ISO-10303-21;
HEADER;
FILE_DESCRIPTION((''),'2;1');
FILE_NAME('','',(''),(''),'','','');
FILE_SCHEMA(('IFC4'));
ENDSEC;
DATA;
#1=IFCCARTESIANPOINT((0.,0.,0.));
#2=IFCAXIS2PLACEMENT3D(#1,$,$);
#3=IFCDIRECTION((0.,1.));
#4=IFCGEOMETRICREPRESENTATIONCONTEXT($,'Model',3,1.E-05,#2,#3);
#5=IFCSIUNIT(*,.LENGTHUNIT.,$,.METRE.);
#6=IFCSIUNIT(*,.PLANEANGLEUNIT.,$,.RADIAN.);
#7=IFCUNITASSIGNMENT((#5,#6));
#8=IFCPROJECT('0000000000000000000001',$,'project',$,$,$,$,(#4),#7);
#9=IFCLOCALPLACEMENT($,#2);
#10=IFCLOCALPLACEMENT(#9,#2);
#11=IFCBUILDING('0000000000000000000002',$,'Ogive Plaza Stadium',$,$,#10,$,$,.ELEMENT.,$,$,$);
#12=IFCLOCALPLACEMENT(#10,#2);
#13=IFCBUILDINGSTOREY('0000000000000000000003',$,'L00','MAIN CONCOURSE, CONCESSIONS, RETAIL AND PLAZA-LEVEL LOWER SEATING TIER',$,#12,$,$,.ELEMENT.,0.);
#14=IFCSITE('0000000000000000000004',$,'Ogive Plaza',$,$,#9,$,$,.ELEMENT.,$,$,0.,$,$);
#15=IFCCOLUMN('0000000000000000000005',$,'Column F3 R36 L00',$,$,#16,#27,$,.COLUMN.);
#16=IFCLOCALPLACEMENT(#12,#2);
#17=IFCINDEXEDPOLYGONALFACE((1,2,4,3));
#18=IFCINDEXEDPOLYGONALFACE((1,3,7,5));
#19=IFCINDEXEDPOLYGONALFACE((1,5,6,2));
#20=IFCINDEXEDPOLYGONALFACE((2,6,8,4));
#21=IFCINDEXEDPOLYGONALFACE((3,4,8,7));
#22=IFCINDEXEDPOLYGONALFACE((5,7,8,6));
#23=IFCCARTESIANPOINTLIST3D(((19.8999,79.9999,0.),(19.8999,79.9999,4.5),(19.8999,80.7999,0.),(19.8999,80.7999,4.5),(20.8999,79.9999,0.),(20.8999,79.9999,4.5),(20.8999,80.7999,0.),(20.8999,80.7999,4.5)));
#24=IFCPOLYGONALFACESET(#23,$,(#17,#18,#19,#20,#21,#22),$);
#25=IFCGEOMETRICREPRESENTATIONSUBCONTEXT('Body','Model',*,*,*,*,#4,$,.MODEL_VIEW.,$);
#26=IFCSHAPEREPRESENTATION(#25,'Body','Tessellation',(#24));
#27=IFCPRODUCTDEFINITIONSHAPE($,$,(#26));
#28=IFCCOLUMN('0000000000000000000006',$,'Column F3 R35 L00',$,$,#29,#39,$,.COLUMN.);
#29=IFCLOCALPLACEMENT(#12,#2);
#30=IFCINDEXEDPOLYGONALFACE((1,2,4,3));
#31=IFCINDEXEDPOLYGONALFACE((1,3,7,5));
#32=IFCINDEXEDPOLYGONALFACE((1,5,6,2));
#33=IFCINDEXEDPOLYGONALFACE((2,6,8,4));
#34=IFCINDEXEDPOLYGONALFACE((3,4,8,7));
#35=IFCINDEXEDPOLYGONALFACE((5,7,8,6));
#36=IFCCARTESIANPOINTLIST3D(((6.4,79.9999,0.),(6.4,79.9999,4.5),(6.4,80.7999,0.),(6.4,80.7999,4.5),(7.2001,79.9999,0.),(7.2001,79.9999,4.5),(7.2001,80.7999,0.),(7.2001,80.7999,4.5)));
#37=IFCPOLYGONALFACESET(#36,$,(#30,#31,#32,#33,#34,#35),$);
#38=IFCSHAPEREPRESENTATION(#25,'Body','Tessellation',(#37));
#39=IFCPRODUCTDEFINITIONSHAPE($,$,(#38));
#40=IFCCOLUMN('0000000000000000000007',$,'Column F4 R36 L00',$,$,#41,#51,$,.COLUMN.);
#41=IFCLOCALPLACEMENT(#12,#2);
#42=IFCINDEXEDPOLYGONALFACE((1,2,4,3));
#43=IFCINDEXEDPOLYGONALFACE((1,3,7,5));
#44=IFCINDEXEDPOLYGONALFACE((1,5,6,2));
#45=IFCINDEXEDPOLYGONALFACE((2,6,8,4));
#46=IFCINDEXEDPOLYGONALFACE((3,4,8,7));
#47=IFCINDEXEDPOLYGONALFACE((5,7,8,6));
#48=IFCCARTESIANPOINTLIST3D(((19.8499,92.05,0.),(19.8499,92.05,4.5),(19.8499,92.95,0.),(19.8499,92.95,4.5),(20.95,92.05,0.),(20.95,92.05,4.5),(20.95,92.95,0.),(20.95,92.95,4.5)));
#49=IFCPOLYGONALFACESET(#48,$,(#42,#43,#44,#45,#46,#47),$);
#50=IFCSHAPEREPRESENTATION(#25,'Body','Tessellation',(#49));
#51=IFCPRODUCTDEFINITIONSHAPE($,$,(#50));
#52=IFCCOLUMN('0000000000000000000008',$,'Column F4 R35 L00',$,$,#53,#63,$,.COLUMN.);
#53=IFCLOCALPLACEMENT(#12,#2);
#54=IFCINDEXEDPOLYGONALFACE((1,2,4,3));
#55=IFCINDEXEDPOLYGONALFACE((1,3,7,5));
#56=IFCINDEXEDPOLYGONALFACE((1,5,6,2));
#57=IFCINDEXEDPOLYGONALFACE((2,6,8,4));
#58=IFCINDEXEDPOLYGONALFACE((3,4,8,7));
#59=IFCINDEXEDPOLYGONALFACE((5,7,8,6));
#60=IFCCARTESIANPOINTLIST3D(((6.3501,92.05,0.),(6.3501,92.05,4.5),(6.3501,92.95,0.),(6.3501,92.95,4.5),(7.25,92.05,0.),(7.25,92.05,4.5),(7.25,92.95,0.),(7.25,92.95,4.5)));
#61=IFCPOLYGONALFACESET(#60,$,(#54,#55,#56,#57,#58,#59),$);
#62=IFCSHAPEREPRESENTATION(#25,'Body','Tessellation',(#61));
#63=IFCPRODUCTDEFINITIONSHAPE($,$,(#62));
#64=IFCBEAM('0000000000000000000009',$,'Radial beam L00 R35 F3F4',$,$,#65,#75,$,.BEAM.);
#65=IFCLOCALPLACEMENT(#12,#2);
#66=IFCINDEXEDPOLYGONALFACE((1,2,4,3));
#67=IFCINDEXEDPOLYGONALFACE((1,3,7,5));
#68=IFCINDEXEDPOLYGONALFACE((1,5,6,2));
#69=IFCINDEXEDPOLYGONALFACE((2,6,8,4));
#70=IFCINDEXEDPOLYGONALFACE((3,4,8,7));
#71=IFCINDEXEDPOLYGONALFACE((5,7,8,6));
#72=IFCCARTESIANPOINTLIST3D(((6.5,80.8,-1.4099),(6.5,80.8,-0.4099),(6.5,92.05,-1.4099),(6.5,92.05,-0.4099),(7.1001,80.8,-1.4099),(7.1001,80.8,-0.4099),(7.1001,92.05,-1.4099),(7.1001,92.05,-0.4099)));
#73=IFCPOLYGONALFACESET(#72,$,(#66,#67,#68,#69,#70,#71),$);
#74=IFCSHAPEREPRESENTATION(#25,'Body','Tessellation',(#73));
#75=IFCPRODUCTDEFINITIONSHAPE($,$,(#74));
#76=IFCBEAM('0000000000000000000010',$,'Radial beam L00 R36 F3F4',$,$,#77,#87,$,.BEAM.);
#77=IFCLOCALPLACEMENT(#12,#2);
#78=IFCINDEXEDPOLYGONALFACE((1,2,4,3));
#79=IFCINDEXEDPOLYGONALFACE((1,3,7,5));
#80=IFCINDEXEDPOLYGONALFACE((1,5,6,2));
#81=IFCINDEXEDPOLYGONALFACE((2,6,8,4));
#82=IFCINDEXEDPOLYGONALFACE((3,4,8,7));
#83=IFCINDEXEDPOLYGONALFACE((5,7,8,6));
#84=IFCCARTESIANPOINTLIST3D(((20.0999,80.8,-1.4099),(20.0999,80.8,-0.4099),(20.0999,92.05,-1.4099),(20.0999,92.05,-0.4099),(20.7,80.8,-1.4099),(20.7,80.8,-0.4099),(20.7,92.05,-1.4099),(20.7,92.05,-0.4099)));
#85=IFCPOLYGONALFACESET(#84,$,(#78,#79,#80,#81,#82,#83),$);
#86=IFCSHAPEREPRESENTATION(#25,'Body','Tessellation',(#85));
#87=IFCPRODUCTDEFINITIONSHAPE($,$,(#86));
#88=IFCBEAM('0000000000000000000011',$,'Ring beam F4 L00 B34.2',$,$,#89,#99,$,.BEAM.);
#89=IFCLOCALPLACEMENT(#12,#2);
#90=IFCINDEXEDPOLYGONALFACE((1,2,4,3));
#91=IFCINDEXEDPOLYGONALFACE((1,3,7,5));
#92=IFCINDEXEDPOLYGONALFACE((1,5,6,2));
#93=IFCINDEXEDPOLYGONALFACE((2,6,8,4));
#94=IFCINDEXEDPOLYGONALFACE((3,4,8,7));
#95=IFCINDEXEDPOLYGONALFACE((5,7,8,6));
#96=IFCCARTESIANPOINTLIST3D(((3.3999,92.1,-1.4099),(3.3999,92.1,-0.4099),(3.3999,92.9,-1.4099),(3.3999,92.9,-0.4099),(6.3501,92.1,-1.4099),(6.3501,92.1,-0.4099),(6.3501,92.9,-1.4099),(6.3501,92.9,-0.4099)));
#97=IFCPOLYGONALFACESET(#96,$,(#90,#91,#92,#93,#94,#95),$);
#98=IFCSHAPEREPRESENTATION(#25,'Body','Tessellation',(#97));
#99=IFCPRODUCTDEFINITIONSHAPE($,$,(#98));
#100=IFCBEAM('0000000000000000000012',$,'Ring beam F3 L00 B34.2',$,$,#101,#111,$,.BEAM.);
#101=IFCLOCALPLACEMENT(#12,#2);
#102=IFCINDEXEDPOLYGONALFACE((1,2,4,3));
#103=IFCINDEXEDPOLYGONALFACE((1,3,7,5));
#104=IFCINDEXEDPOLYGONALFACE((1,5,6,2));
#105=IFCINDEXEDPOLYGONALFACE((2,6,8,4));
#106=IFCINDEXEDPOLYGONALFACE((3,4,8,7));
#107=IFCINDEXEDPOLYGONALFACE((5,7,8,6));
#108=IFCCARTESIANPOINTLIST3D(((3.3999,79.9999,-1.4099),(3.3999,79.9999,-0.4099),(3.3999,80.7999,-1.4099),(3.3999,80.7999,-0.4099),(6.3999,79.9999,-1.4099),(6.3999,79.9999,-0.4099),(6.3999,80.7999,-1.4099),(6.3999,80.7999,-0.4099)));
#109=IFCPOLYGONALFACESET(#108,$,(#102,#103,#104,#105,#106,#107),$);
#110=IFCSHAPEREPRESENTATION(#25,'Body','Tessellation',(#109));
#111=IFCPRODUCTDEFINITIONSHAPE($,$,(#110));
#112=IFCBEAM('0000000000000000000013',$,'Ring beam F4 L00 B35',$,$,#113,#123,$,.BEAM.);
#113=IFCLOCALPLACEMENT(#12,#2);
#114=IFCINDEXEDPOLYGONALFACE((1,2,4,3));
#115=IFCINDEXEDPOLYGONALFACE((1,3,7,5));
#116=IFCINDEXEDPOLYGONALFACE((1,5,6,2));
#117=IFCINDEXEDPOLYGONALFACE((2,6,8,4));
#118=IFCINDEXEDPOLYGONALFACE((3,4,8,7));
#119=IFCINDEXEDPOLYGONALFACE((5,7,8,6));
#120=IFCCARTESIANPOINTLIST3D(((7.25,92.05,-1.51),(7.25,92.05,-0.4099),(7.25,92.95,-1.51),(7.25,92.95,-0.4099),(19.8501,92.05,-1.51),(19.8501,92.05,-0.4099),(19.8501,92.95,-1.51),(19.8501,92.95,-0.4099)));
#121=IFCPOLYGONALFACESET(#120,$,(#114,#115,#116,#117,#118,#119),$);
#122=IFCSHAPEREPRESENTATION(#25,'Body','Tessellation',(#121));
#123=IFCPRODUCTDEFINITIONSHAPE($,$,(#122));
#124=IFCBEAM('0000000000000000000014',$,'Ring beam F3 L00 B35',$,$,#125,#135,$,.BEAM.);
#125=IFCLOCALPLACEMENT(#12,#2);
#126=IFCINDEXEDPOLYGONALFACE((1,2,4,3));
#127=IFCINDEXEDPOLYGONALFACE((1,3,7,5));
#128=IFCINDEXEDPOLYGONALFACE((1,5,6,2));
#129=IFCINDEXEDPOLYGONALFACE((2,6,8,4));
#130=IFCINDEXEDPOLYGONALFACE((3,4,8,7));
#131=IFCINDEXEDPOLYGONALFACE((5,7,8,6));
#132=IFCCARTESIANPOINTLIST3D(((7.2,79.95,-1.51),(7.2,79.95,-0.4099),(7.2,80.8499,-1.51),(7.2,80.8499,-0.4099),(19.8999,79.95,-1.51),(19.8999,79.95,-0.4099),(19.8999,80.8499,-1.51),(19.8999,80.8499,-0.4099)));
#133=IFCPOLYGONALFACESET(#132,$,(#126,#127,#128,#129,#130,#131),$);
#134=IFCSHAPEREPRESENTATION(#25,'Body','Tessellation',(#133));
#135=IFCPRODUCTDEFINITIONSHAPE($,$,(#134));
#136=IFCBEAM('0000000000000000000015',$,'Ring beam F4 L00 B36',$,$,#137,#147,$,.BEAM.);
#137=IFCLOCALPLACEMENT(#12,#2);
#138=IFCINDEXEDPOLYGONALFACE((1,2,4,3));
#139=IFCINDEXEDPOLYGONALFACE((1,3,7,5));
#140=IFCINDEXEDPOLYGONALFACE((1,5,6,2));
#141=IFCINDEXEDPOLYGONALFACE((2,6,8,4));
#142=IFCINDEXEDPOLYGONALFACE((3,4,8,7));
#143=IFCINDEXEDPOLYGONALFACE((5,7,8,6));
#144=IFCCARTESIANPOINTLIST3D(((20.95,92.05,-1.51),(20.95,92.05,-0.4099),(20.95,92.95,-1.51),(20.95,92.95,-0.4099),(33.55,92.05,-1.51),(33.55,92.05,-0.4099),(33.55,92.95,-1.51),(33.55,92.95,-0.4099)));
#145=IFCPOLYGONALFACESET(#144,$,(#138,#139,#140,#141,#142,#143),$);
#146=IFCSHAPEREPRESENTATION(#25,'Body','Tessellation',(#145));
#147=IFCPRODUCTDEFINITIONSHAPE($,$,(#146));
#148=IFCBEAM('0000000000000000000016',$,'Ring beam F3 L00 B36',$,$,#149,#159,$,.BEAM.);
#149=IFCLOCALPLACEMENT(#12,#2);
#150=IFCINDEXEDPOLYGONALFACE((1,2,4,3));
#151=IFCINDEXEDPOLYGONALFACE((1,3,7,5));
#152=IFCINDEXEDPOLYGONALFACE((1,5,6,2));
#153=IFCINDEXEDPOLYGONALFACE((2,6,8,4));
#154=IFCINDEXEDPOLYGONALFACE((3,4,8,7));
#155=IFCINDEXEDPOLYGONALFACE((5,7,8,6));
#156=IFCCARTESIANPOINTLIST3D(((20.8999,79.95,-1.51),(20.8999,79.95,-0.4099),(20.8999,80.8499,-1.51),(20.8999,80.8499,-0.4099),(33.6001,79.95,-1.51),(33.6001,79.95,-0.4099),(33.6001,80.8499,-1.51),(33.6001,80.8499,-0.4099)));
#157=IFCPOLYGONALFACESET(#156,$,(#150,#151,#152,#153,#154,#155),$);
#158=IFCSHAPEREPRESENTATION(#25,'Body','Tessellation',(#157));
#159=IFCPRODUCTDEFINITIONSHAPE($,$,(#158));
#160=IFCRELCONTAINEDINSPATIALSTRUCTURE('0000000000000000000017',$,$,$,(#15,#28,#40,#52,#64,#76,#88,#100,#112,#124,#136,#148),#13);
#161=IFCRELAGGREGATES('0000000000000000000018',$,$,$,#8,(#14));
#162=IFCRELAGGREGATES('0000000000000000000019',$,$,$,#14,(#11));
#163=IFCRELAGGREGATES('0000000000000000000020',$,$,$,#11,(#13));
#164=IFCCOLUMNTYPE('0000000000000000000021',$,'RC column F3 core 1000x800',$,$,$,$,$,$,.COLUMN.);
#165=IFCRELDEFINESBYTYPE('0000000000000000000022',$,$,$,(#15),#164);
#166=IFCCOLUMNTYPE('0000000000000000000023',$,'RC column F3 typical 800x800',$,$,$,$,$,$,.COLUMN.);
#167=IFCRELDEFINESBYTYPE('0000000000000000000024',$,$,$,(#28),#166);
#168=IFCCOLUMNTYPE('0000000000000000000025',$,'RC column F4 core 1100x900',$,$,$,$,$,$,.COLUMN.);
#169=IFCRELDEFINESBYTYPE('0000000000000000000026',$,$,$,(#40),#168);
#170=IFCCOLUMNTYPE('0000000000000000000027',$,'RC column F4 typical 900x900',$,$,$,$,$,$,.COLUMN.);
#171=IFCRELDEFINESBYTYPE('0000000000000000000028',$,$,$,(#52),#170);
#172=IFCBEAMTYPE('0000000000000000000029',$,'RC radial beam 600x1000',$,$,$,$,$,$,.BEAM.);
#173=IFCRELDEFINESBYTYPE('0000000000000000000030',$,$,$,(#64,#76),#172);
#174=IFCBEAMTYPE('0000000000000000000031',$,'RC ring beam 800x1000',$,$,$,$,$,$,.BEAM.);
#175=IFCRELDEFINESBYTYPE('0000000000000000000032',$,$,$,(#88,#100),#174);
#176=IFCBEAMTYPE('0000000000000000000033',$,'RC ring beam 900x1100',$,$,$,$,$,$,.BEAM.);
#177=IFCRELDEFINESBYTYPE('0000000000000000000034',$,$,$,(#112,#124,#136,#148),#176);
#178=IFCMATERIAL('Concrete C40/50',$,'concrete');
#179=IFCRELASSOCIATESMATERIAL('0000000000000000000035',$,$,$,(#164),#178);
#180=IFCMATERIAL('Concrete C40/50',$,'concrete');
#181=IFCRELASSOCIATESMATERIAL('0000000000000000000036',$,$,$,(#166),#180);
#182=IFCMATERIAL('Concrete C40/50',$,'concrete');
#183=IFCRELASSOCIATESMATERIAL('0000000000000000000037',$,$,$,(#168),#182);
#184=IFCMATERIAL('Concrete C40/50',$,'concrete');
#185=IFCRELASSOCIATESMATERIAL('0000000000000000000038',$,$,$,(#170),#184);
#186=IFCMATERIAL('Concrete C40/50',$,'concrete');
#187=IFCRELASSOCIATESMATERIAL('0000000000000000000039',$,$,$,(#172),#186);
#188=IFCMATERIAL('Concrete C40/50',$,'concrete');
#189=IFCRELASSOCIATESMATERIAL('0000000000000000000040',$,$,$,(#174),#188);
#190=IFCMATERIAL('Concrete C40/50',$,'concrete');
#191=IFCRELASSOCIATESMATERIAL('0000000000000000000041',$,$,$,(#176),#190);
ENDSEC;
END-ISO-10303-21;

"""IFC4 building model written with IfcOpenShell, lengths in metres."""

from ifc_helpers import new_model, si_unit, direction, frame, origin, origin_2d, place, context, subcontext, project, spatial, rectangle, extrude, material, material_profile, profile_set, type_object, element, save


model = new_model("IFC4")

# Units and contexts
model_context = context("Model", 3, precision=1e-05, world=origin(), true_north=direction((0.0, 1.0)))
body_context = subcontext(model_context, "Body", "Model", "MODEL_VIEW")
ifc_project = project(units=[si_unit("LENGTHUNIT", "METRE"), si_unit("PLANEANGLEUNIT", "RADIAN")], contexts=[model_context])

# Site, building, storey
site_placement = place(None, origin())
site = spatial("IfcSite", under=ifc_project, at=site_placement, Name="Ogive Plaza", CompositionType="ELEMENT", RefElevation=0.0)
building_placement = place(site_placement, origin())
building = spatial("IfcBuilding", under=site, at=building_placement, Name="Ogive Plaza Stadium", CompositionType="ELEMENT")
storey_placement = place(building_placement, origin())
storey = spatial("IfcBuildingStorey", under=building, at=storey_placement, Name="L00", Description="MAIN CONCOURSE, CONCESSIONS, RETAIL AND PLAZA-LEVEL LOWER SEATING TIER", CompositionType="ELEMENT", Elevation=0.0)

# Columns
ifc_material_1 = material(Name="Concrete C40/50", Category="concrete")
ifc_material_profile_1 = material_profile(ifc_material_1, rectangle(XDim=1.0, YDim=0.8, at=origin_2d()), Name="RC 1000x800")
ifc_profile_set_1 = profile_set([ifc_material_profile_1], Name="Concrete C40/50")
column_type_1 = type_object("IfcColumnType", Name="RC column F3 core 1000x800", PredefinedType="COLUMN", material=ifc_profile_set_1)
column_1_placement = place(storey_placement, frame((20.3999, 80.3999, 0.0), z_axis=(0.0, 0.0, 1.0), x_axis=(-1.0, 0.0, 0.0)))
element("IfcColumn", 1, at=column_1_placement, inside=storey, type_object=column_type_1, Name="Column F3 R36 L00", PredefinedType="COLUMN", context=body_context, shape_type="SweptSolid", body=[
    extrude(rectangle(XDim=1.0, YDim=0.8, at=origin_2d()), origin(), (0.0, 0.0, 1.0), 4.5),
])
ifc_material_2 = material(Name="Concrete C40/50", Category="concrete")
ifc_material_profile_2 = material_profile(ifc_material_2, rectangle(XDim=0.8, YDim=0.8, at=origin_2d()), Name="RC 800x800")
ifc_profile_set_2 = profile_set([ifc_material_profile_2], Name="Concrete C40/50")
column_type_2 = type_object("IfcColumnType", Name="RC column F3 typical 800x800", PredefinedType="COLUMN", material=ifc_profile_set_2)
column_2_placement = place(storey_placement, frame((6.8, 80.3999, 0.0), z_axis=(0.0, 0.0, 1.0), x_axis=(-1.0, 0.0, 0.0)))
element("IfcColumn", 2, at=column_2_placement, inside=storey, type_object=column_type_2, Name="Column F3 R35 L00", PredefinedType="COLUMN", context=body_context, shape_type="SweptSolid", body=[
    extrude(rectangle(XDim=0.8, YDim=0.8, at=origin_2d()), origin(), (0.0, 0.0, 1.0), 4.5),
])
ifc_material_3 = material(Name="Concrete C40/50", Category="concrete")
ifc_material_profile_3 = material_profile(ifc_material_3, rectangle(XDim=1.1001, YDim=0.8999, at=origin_2d()), Name="RC 1100x900")
ifc_profile_set_3 = profile_set([ifc_material_profile_3], Name="Concrete C40/50")
column_type_3 = type_object("IfcColumnType", Name="RC column F4 core 1100x900", PredefinedType="COLUMN", material=ifc_profile_set_3)
column_3_placement = place(storey_placement, frame((20.3999, 92.5, 0.0), z_axis=(0.0, 0.0, 1.0), x_axis=(-1.0, 0.0, 0.0)))
element("IfcColumn", 3, at=column_3_placement, inside=storey, type_object=column_type_3, Name="Column F4 R36 L00", PredefinedType="COLUMN", context=body_context, shape_type="SweptSolid", body=[
    extrude(rectangle(XDim=1.1001, YDim=0.8999, at=origin_2d()), origin(), (0.0, 0.0, 1.0), 4.5),
])
ifc_material_4 = material(Name="Concrete C40/50", Category="concrete")
ifc_material_profile_4 = material_profile(ifc_material_4, rectangle(XDim=0.8999, YDim=0.8999, at=origin_2d()), Name="RC 900x900")
ifc_profile_set_4 = profile_set([ifc_material_profile_4], Name="Concrete C40/50")
column_type_4 = type_object("IfcColumnType", Name="RC column F4 typical 900x900", PredefinedType="COLUMN", material=ifc_profile_set_4)
column_4_placement = place(storey_placement, frame((6.8, 92.5, 0.0), z_axis=(0.0, 0.0, 1.0), x_axis=(-1.0, 0.0, 0.0)))
element("IfcColumn", 4, at=column_4_placement, inside=storey, type_object=column_type_4, Name="Column F4 R35 L00", PredefinedType="COLUMN", context=body_context, shape_type="SweptSolid", body=[
    extrude(rectangle(XDim=0.8999, YDim=0.8999, at=origin_2d()), origin(), (0.0, 0.0, 1.0), 4.5),
])

# Beams
ifc_material_5 = material(Name="Concrete C40/50", Category="concrete")
ifc_material_profile_5 = material_profile(ifc_material_5, rectangle(XDim=0.6001, YDim=1.0, at=origin_2d()), Name="RC 600x1000")
ifc_profile_set_5 = profile_set([ifc_material_profile_5], Name="Concrete C40/50")
beam_type_1 = type_object("IfcBeamType", Name="RC radial beam 600x1000", PredefinedType="BEAM", material=ifc_profile_set_5)
for number, where, z_axis, x_axis, name in (
    (5, (6.8, 80.8, -0.9099), (0.0, 1.0, 0.0), (-1.0, 0.0, 0.0), "Radial beam L00 R35 F3F4"),
    (6, (20.3999, 80.8, -0.9099), (0.0, 1.0, 0.0), (-1.0, 0.0, 0.0), "Radial beam L00 R36 F3F4"),
):
    element("IfcBeam", number, at=place(storey_placement, frame(where, z_axis=z_axis, x_axis=x_axis)), inside=storey, type_object=beam_type_1, Name=name, PredefinedType="BEAM", context=body_context, shape_type="SweptSolid", body=[
        extrude(rectangle(XDim=0.6001, YDim=1.0, at=origin_2d()), origin(), (0.0, 0.0, 1.0), 11.25),
    ])
ifc_material_6 = material(Name="Concrete C40/50", Category="concrete")
ifc_material_profile_6 = material_profile(ifc_material_6, rectangle(XDim=0.8, YDim=1.0, at=origin_2d()), Name="RC 800x1000")
ifc_profile_set_6 = profile_set([ifc_material_profile_6], Name="Concrete C40/50")
beam_type_2 = type_object("IfcBeamType", Name="RC ring beam 800x1000", PredefinedType="BEAM", material=ifc_profile_set_6)
beam_1_placement = place(storey_placement, frame((3.3999, 92.5, -0.9099), z_axis=(1.0, 0.0, 0.0), x_axis=(0.0, 1.0, 0.0)))
element("IfcBeam", 7, at=beam_1_placement, inside=storey, type_object=beam_type_2, Name="Ring beam F4 L00 B34.2", PredefinedType="BEAM", context=body_context, shape_type="SweptSolid", body=[
    extrude(rectangle(XDim=0.8, YDim=1.0, at=origin_2d()), origin(), (0.0, 0.0, 1.0), 2.9502),
])
beam_2_placement = place(storey_placement, frame((3.3999, 80.3999, -0.9099), z_axis=(1.0, 0.0, 0.0), x_axis=(0.0, 1.0, 0.0)))
element("IfcBeam", 8, at=beam_2_placement, inside=storey, type_object=beam_type_2, Name="Ring beam F3 L00 B34.2", PredefinedType="BEAM", context=body_context, shape_type="SweptSolid", body=[
    extrude(rectangle(XDim=0.8, YDim=1.0, at=origin_2d()), origin(), (0.0, 0.0, 1.0), 3.0),
])
ifc_material_7 = material(Name="Concrete C40/50", Category="concrete")
ifc_material_profile_7 = material_profile(ifc_material_7, rectangle(XDim=0.8999, YDim=1.1001, at=origin_2d()), Name="RC 900x1100")
ifc_profile_set_7 = profile_set([ifc_material_profile_7], Name="Concrete C40/50")
beam_type_3 = type_object("IfcBeamType", Name="RC ring beam 900x1100", PredefinedType="BEAM", material=ifc_profile_set_7)
beam_3_placement = place(storey_placement, frame((7.25, 92.5, -0.96), z_axis=(1.0, 0.0, 0.0), x_axis=(0.0, 1.0, 0.0)))
element("IfcBeam", 9, at=beam_3_placement, inside=storey, type_object=beam_type_3, Name="Ring beam F4 L00 B35", PredefinedType="BEAM", context=body_context, shape_type="SweptSolid", body=[
    extrude(rectangle(XDim=0.8999, YDim=1.1001, at=origin_2d()), origin(), (0.0, 0.0, 1.0), 12.6001),
])
beam_4_placement = place(storey_placement, frame((7.2, 80.3999, -0.96), z_axis=(1.0, 0.0, 0.0), x_axis=(0.0, 1.0, 0.0)))
element("IfcBeam", 10, at=beam_4_placement, inside=storey, type_object=beam_type_3, Name="Ring beam F3 L00 B35", PredefinedType="BEAM", context=body_context, shape_type="SweptSolid", body=[
    extrude(rectangle(XDim=0.8999, YDim=1.1001, at=origin_2d()), origin(), (0.0, 0.0, 1.0), 12.7),
])
beam_5_placement = place(storey_placement, frame((20.95, 92.5, -0.96), z_axis=(1.0, 0.0, 0.0), x_axis=(0.0, 1.0, 0.0)))
element("IfcBeam", 11, at=beam_5_placement, inside=storey, type_object=beam_type_3, Name="Ring beam F4 L00 B36", PredefinedType="BEAM", context=body_context, shape_type="SweptSolid", body=[
    extrude(rectangle(XDim=0.8999, YDim=1.1001, at=origin_2d()), origin(), (0.0, 0.0, 1.0), 12.6001),
])
beam_6_placement = place(storey_placement, frame((20.8999, 80.3999, -0.96), z_axis=(1.0, 0.0, 0.0), x_axis=(0.0, 1.0, 0.0)))
element("IfcBeam", 12, at=beam_6_placement, inside=storey, type_object=beam_type_3, Name="Ring beam F3 L00 B36", PredefinedType="BEAM", context=body_context, shape_type="SweptSolid", body=[
    extrude(rectangle(XDim=0.8999, YDim=1.1001, at=origin_2d()), origin(), (0.0, 0.0, 1.0), 12.7002),
])

save(model, "model.ifc")
